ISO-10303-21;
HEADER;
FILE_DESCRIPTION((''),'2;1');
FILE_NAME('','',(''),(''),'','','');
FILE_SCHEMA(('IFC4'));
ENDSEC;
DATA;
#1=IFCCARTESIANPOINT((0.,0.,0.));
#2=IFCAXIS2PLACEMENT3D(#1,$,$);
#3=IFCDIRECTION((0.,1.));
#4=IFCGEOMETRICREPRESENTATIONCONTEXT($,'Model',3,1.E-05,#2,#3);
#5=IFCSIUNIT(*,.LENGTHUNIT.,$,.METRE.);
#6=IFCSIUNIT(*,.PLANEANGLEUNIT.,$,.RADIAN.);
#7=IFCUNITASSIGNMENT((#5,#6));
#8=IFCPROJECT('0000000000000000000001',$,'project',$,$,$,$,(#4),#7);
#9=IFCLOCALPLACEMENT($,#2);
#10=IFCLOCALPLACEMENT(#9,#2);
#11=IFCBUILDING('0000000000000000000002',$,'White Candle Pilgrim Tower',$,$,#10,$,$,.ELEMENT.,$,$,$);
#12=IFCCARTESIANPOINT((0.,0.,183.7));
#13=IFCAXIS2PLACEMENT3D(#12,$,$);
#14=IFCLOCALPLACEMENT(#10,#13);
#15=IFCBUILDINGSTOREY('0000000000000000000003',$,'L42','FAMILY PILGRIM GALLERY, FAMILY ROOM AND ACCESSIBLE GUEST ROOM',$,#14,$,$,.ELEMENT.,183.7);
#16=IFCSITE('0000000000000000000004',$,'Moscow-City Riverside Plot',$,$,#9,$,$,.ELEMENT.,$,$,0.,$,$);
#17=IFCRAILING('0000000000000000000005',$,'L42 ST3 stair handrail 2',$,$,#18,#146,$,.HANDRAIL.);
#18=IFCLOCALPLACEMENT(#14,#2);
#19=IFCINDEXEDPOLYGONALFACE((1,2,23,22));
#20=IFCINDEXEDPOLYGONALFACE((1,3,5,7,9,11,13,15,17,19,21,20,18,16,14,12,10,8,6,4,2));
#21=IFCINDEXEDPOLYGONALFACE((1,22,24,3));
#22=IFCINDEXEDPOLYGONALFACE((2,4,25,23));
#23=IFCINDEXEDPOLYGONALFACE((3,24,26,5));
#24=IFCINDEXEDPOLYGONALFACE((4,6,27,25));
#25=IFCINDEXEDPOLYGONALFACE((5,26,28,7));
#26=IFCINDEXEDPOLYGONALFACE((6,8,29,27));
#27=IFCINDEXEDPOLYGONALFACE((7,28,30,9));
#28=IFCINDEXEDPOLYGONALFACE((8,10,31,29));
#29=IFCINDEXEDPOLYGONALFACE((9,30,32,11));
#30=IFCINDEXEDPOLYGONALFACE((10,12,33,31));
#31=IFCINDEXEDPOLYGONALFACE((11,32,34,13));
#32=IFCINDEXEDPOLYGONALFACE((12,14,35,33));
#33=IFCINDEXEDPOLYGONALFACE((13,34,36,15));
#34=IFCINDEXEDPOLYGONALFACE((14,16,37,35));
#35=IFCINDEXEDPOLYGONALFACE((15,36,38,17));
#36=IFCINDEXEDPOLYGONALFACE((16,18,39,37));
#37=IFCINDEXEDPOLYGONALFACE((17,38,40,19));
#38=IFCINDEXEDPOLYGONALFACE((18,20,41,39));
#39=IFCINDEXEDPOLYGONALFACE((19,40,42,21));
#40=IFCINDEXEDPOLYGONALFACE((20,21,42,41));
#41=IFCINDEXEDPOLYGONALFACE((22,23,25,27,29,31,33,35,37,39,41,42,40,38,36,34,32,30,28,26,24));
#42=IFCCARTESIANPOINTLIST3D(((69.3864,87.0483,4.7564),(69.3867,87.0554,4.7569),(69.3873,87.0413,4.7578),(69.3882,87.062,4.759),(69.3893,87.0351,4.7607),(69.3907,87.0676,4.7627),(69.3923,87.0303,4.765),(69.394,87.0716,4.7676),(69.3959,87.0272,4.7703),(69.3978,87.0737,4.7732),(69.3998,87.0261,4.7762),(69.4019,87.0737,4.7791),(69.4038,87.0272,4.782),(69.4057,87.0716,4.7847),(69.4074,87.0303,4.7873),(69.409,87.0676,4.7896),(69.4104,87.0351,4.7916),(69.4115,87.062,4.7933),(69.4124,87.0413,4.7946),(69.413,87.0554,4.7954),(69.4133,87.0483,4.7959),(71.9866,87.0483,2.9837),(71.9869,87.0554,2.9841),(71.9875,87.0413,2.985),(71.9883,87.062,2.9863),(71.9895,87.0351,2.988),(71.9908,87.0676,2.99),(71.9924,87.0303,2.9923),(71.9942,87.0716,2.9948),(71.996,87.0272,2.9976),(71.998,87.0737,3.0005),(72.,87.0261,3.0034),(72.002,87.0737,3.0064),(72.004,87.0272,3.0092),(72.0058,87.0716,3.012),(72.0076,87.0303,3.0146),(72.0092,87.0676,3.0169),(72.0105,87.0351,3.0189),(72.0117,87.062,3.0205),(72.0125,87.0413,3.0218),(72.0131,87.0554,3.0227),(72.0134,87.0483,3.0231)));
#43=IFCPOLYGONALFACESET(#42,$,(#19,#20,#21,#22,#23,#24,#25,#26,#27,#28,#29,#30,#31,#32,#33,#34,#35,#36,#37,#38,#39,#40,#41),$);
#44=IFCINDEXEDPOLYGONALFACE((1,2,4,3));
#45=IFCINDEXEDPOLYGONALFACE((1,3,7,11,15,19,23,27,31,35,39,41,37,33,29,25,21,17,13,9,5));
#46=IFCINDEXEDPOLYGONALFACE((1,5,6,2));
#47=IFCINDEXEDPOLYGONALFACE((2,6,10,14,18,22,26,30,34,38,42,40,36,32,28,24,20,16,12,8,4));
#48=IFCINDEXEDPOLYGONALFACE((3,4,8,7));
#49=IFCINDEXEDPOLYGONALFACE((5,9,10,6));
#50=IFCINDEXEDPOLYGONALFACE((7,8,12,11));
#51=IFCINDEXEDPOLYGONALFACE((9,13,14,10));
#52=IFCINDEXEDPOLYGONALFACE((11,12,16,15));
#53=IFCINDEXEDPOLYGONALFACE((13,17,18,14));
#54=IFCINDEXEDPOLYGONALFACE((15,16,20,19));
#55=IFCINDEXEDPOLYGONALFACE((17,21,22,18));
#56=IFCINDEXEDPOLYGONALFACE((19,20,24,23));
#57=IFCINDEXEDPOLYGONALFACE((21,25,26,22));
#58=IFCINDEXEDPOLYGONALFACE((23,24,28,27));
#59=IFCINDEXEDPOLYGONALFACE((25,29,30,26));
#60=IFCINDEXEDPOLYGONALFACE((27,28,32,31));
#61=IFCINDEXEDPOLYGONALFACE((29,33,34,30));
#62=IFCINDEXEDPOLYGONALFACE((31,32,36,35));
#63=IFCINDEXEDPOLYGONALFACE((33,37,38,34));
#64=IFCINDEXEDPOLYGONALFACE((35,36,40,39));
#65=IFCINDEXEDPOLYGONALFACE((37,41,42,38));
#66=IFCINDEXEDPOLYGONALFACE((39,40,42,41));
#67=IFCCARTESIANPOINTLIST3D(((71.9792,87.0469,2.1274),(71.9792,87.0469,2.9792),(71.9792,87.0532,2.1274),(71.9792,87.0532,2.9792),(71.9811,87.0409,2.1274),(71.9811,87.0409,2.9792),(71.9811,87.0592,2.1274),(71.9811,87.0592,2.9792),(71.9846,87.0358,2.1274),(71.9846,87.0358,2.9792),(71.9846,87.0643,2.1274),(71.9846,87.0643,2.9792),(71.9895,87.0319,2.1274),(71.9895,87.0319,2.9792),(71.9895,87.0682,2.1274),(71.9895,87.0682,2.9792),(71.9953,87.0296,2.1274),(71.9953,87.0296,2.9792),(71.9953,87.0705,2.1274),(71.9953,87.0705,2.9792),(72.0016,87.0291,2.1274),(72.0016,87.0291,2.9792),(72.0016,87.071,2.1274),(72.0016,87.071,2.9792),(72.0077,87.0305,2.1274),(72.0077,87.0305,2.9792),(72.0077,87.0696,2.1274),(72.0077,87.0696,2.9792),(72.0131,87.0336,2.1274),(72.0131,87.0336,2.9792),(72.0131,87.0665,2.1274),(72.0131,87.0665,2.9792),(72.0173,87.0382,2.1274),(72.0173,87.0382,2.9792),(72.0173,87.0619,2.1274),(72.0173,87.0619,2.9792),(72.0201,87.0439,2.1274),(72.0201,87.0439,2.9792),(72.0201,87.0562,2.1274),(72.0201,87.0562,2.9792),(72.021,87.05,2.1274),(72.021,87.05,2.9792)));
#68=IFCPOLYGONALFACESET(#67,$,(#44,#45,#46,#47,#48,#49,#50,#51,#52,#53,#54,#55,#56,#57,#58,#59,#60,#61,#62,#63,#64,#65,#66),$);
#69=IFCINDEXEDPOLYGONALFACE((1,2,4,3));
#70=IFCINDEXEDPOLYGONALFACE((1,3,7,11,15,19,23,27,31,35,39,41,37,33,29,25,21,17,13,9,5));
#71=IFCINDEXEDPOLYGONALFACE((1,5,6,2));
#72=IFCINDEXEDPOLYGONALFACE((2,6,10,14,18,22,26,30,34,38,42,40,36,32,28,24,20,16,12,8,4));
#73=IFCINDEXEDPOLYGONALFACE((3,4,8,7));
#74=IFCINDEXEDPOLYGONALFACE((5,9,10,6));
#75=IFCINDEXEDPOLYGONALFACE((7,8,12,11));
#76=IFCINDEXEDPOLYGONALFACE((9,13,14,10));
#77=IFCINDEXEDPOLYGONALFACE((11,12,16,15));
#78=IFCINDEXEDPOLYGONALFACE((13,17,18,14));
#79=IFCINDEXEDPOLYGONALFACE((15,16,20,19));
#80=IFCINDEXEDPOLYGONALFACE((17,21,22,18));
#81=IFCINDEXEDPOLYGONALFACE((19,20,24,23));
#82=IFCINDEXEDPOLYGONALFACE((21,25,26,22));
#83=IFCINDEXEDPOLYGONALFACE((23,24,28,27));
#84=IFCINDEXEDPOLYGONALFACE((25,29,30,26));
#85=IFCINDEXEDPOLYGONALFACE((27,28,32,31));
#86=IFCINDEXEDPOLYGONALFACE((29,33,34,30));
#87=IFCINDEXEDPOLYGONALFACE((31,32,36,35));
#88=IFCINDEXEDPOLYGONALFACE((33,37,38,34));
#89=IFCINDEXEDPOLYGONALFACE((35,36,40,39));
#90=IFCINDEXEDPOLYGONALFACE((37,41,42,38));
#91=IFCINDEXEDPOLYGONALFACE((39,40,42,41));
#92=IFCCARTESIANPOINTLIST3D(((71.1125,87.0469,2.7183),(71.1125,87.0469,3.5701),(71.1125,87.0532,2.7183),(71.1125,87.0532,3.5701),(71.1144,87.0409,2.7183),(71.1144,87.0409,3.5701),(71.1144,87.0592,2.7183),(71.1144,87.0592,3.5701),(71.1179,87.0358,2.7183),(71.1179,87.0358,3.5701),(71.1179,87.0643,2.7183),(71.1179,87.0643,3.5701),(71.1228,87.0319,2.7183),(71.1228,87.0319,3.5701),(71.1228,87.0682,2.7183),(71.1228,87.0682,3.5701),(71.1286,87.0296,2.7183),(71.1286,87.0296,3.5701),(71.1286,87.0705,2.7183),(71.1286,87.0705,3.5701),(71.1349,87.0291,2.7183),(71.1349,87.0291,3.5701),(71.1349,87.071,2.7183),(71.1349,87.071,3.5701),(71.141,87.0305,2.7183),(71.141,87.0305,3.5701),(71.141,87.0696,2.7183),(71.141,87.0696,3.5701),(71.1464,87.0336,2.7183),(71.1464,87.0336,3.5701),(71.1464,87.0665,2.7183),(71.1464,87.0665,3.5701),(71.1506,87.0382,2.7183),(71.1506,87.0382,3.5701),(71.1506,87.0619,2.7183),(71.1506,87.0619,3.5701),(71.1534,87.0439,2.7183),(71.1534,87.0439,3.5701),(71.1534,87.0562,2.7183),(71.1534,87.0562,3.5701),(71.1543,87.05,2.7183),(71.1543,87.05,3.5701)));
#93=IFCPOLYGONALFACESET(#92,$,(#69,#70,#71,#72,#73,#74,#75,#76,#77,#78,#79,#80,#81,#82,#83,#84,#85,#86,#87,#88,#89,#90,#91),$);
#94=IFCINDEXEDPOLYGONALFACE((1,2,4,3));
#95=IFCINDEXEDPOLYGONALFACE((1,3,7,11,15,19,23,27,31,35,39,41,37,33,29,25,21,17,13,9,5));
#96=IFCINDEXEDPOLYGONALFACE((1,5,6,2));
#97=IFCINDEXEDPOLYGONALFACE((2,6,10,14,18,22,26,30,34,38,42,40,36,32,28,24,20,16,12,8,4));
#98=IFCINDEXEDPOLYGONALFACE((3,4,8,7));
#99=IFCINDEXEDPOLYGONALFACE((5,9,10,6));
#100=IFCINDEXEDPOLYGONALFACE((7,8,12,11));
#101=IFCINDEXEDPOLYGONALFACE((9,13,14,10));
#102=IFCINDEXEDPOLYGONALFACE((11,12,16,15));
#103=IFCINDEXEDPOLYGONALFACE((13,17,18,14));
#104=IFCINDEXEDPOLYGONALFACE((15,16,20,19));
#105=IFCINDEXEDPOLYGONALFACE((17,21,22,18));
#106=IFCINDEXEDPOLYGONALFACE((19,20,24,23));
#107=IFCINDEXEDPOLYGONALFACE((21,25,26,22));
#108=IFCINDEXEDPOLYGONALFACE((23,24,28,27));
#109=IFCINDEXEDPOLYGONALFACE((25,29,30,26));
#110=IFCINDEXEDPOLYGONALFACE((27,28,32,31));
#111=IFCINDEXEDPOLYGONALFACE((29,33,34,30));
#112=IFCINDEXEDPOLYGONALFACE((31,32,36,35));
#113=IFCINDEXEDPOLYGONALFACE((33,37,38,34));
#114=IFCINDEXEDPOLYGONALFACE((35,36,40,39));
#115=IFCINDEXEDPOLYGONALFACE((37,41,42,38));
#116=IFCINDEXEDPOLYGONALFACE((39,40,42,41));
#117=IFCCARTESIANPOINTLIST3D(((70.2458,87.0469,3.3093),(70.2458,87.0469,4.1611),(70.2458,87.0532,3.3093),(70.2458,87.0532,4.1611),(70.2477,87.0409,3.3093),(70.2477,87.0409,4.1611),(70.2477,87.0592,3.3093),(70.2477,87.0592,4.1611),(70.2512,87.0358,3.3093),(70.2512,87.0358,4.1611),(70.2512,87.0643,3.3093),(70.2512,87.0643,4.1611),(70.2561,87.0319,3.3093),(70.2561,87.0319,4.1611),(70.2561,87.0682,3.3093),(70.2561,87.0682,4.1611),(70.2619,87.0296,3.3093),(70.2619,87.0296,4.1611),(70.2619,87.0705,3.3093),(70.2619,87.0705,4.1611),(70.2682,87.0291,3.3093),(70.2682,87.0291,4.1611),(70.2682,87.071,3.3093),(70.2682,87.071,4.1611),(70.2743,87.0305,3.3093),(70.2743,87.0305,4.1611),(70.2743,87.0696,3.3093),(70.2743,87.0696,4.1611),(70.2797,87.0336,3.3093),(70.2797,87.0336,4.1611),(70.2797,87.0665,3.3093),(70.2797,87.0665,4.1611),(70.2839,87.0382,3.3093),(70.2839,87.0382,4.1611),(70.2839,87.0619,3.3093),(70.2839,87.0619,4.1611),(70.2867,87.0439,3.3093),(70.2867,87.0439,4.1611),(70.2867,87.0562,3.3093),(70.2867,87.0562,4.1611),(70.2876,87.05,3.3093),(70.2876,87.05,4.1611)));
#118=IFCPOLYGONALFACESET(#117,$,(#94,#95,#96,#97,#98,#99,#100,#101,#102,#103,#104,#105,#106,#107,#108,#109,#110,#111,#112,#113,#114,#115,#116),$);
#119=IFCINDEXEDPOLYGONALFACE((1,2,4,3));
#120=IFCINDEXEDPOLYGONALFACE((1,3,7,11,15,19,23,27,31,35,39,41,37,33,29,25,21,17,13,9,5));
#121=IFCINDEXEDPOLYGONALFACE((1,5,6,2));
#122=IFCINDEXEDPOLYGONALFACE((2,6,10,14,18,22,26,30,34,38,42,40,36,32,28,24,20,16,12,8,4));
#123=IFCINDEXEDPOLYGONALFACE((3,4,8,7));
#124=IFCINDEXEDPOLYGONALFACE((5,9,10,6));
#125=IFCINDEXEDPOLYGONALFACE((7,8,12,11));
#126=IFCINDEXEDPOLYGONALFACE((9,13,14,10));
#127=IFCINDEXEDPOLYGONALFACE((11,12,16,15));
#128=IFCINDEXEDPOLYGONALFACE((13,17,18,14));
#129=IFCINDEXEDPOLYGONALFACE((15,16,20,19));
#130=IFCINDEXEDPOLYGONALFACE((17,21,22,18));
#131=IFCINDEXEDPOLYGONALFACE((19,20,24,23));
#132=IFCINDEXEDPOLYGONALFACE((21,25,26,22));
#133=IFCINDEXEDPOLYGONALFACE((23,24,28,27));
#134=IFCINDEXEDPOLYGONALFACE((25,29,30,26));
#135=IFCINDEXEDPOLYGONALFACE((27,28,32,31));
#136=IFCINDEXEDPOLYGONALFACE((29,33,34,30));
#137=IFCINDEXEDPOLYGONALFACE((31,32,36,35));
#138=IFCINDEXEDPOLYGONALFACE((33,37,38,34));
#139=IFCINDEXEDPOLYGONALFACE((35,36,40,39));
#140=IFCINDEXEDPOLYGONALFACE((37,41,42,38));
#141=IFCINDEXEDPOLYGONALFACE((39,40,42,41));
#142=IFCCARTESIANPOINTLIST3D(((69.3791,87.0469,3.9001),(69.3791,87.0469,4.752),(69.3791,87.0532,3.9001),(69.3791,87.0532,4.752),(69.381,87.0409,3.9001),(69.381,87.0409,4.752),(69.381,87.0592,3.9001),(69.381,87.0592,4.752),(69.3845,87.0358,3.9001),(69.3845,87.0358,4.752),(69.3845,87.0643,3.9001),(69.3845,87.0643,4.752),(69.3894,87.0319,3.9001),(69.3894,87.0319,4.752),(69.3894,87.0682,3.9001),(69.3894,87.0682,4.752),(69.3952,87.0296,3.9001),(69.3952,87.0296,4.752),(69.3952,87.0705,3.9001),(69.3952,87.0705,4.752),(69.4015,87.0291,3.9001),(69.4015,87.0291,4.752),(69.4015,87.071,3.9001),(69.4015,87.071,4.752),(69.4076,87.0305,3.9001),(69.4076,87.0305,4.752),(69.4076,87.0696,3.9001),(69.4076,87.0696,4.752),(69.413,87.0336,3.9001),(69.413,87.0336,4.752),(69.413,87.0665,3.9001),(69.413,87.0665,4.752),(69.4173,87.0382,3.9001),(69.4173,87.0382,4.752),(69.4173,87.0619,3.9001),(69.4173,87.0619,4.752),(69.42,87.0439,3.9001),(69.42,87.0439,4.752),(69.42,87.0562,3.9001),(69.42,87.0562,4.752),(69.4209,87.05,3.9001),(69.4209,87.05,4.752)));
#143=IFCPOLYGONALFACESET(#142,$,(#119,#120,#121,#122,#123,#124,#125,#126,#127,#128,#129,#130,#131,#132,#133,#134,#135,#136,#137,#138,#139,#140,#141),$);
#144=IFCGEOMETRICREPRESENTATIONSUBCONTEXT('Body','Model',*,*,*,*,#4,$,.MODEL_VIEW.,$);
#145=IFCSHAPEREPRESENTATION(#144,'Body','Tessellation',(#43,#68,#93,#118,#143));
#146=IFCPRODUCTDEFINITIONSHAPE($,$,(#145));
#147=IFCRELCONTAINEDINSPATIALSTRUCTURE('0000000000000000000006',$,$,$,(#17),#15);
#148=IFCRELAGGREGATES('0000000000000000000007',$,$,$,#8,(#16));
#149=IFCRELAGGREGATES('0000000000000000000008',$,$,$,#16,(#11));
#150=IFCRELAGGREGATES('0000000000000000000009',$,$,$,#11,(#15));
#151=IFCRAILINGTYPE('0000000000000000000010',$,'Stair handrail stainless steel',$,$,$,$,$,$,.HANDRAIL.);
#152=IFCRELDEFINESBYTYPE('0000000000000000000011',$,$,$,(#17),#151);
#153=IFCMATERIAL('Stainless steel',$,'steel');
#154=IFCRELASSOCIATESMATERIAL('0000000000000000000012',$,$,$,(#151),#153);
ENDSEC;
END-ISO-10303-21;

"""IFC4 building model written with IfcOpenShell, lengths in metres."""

from ifc_helpers import new_model, si_unit, direction, frame, origin, origin_2d, place, context, subcontext, project, spatial, circle, extrude, material, type_object, element, save


model = new_model("IFC4")

# Units and contexts
model_context = context("Model", 3, precision=1e-05, world=origin(), true_north=direction((0.0, 1.0)))
body_context = subcontext(model_context, "Body", "Model", "MODEL_VIEW")
ifc_project = project(units=[si_unit("LENGTHUNIT", "METRE"), si_unit("PLANEANGLEUNIT", "RADIAN")], contexts=[model_context])

# Site, building, storey
site_placement = place(None, origin())
site = spatial("IfcSite", under=ifc_project, at=site_placement, Name="Moscow-City Riverside Plot", CompositionType="ELEMENT", RefElevation=0.0)
building_placement = place(site_placement, origin())
building = spatial("IfcBuilding", under=site, at=building_placement, Name="White Candle Pilgrim Tower", CompositionType="ELEMENT")
storey_placement = place(building_placement, frame((0.0, 0.0, 183.7)))
storey = spatial("IfcBuildingStorey", under=building, at=storey_placement, Name="L42", Description="FAMILY PILGRIM GALLERY, FAMILY ROOM AND ACCESSIBLE GUEST ROOM", CompositionType="ELEMENT", Elevation=183.7)

# Railing
ifc_material_1 = material(Name="Stainless steel", Category="steel")
railing_type_1 = type_object("IfcRailingType", Name="Stair handrail stainless steel", PredefinedType="HANDRAIL", material=ifc_material_1)
railing_1_placement = place(storey_placement, frame((72.0, 87.05, 2.1274)))
element("IfcRailing", 1, at=railing_1_placement, inside=storey, type_object=railing_type_1, Name="L42 ST3 stair handrail 2", PredefinedType="HANDRAIL", context=body_context, shape_type="SweptSolid", body=[
    extrude(circle(Radius=0.0239, at=origin_2d()), frame((0.0, 0.0, 0.876), z_axis=(-0.82624, 0.0, 0.563318), x_axis=(0.0, -1.0, 0.0)), (0.0, 0.0, 1.0), 3.147),
    extrude(circle(Radius=0.021, at=origin_2d()), origin(), (0.0, 0.0, 1.0), 0.8518),
    extrude(circle(Radius=0.021, at=origin_2d()), frame((-0.8667, 0.0, 0.5908)), (0.0, 0.0, 1.0), 0.8518),
    extrude(circle(Radius=0.021, at=origin_2d()), frame((-1.7334, 0.0, 1.1819)), (0.0, 0.0, 1.0), 0.8518),
    extrude(circle(Radius=0.021, at=origin_2d()), frame((-2.6001, 0.0, 1.7727)), (0.0, 0.0, 1.0), 0.8518),
])

save(model, "model.ifc")
